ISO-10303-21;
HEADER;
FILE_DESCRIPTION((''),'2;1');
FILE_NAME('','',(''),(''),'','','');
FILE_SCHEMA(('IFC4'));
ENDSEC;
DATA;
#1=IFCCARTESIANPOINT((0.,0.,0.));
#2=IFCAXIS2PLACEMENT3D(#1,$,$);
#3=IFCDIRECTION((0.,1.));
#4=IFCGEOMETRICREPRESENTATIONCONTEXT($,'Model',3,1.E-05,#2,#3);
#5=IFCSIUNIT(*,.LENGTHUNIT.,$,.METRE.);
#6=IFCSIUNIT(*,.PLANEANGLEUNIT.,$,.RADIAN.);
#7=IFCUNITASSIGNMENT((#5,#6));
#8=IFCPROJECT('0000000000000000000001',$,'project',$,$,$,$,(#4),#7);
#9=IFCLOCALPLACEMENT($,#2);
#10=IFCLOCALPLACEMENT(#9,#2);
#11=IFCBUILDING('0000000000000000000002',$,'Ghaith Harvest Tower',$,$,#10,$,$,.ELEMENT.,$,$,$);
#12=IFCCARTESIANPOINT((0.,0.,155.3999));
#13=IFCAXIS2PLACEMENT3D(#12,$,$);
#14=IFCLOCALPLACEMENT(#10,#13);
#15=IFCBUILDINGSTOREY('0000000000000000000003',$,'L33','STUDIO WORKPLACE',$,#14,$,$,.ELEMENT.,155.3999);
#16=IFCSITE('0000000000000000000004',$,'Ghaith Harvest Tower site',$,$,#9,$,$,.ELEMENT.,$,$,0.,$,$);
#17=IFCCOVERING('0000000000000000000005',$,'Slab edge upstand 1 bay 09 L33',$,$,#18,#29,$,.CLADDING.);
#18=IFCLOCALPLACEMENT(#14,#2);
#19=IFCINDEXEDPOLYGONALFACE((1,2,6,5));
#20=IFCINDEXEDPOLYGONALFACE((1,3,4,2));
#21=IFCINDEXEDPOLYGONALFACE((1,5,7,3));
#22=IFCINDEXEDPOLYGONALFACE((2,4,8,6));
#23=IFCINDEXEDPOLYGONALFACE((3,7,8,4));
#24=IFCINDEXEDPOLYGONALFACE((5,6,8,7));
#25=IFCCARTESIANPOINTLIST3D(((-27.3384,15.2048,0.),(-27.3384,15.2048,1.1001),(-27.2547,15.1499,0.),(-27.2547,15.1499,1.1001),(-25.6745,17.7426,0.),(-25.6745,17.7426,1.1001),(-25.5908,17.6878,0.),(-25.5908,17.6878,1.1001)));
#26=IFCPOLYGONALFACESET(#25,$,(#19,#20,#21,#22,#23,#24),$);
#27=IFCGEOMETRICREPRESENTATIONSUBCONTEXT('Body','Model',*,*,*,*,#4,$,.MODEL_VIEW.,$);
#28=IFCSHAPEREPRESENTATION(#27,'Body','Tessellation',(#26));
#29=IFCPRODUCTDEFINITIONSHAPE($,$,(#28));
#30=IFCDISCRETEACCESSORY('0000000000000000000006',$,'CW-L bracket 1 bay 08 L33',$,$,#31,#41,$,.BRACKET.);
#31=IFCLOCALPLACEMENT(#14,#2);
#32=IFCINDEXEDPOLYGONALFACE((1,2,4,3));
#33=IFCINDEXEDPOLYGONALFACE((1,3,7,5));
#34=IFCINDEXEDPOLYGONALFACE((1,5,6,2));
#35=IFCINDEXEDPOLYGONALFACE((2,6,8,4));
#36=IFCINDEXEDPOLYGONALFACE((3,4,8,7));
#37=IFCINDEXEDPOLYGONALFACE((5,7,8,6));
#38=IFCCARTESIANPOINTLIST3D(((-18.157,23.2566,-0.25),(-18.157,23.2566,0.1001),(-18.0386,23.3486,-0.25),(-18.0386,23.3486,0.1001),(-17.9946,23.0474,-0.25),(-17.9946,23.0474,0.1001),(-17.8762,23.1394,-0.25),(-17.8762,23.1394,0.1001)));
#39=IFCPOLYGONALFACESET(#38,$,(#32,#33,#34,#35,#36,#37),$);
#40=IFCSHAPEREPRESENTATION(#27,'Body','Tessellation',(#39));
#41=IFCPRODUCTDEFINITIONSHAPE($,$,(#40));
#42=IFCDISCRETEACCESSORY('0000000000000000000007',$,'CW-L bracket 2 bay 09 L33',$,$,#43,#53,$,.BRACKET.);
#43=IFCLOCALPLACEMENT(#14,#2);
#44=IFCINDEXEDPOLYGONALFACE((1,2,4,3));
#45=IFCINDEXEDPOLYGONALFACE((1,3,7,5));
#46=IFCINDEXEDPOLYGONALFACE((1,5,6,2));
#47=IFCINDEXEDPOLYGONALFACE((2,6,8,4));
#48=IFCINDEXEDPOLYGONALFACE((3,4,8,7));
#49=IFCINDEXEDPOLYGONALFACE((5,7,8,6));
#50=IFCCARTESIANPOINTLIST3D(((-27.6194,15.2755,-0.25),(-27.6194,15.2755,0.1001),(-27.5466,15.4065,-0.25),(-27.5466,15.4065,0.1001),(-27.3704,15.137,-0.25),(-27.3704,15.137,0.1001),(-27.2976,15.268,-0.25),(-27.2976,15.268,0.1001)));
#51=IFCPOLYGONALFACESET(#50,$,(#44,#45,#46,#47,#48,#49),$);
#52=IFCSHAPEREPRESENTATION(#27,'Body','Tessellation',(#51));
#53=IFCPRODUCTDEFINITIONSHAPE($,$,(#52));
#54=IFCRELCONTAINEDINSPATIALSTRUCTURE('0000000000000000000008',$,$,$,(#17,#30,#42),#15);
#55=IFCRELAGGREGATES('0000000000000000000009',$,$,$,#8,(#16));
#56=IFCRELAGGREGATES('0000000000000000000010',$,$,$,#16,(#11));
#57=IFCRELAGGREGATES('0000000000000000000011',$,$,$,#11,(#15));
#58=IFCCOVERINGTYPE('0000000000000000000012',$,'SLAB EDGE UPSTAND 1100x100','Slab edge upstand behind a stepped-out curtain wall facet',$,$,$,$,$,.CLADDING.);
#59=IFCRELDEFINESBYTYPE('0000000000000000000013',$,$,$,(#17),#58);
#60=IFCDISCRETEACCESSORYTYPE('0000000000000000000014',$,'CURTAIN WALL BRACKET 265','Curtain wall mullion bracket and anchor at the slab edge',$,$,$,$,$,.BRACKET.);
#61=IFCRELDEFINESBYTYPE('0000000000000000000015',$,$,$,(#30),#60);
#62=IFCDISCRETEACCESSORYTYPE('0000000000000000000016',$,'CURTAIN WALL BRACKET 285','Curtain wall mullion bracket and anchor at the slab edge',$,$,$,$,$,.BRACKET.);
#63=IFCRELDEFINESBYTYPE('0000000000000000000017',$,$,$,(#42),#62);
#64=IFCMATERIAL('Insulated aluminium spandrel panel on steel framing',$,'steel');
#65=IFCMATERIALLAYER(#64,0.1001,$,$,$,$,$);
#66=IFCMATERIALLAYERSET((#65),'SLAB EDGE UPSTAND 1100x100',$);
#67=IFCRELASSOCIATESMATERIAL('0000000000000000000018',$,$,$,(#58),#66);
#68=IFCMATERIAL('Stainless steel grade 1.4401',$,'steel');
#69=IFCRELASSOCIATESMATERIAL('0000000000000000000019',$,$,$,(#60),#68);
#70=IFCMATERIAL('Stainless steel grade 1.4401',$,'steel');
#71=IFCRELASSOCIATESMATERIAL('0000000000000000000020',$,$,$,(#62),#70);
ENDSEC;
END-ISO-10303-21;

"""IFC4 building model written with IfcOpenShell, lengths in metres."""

from ifc_helpers import new_model, si_unit, direction, frame, origin, origin_2d, place, context, subcontext, project, spatial, rectangle, extrude, material, layer, layer_set, type_object, element, save


model = new_model("IFC4")

# Units and contexts
model_context = context("Model", 3, precision=1e-05, world=origin(), true_north=direction((0.0, 1.0)))
body_context = subcontext(model_context, "Body", "Model", "MODEL_VIEW")
ifc_project = project(units=[si_unit("LENGTHUNIT", "METRE"), si_unit("PLANEANGLEUNIT", "RADIAN")], contexts=[model_context])

# Site, building, storey
site_placement = place(None, origin())
site = spatial("IfcSite", under=ifc_project, at=site_placement, Name="Ghaith Harvest Tower site", CompositionType="ELEMENT", RefElevation=0.0)
building_placement = place(site_placement, origin())
building = spatial("IfcBuilding", under=site, at=building_placement, Name="Ghaith Harvest Tower", CompositionType="ELEMENT")
storey_placement = place(building_placement, frame((0.0, 0.0, 155.3999)))
storey = spatial("IfcBuildingStorey", under=building, at=storey_placement, Name="L33", Description="STUDIO WORKPLACE", CompositionType="ELEMENT", Elevation=155.3999)

# Covering
ifc_material_1 = material(Name="Insulated aluminium spandrel panel on steel framing", Category="steel")
ifc_layer_1 = layer(ifc_material_1, 0.1001)
ifc_layer_set_1 = layer_set([ifc_layer_1], Name="SLAB EDGE UPSTAND 1100x100")
covering_type = type_object("IfcCoveringType", Name="SLAB EDGE UPSTAND 1100x100", Description="Slab edge upstand behind a stepped-out curtain wall facet", PredefinedType="CLADDING", material=ifc_layer_set_1)
covering_1_placement = place(storey_placement, frame((-26.4646, 16.4463, 0.0), z_axis=(0.0, 0.0, 1.0), x_axis=(-0.548312, -0.836274, 0.0)))
element("IfcCovering", 1, at=covering_1_placement, inside=storey, type_object=covering_type, Name="Slab edge upstand 1 bay 09 L33", PredefinedType="CLADDING", context=body_context, shape_type="SweptSolid", body=[
    extrude(rectangle(XDim=3.0347, YDim=0.1001, at=origin_2d()), origin(), (0.0, 0.0, 1.0), 1.1001),
])

# Discrete accessories
ifc_material_2 = material(Name="Stainless steel grade 1.4401", Category="steel")
discrete_accessory_type_1 = type_object("IfcDiscreteAccessoryType", Name="CURTAIN WALL BRACKET 265", Description="Curtain wall mullion bracket and anchor at the slab edge", PredefinedType="BRACKET", material=ifc_material_2)
discrete_accessory_1_placement = place(storey_placement, frame((-18.0166, 23.198, -0.25), z_axis=(0.0, 0.0, 1.0), x_axis=(-0.613378, 0.78979, 0.0)))
element("IfcDiscreteAccessory", 2, at=discrete_accessory_1_placement, inside=storey, type_object=discrete_accessory_type_1, Name="CW-L bracket 1 bay 08 L33", PredefinedType="BRACKET", context=body_context, shape_type="SweptSolid", body=[
    extrude(rectangle(XDim=0.2649, YDim=0.1499, at=origin_2d()), origin(), (0.0, 0.0, 1.0), 0.3501),
])
ifc_material_3 = material(Name="Stainless steel grade 1.4401", Category="steel")
discrete_accessory_type_2 = type_object("IfcDiscreteAccessoryType", Name="CURTAIN WALL BRACKET 285", Description="Curtain wall mullion bracket and anchor at the slab edge", PredefinedType="BRACKET", material=ifc_material_3)
discrete_accessory_2_placement = place(storey_placement, frame((-27.4585, 15.2717, -0.25), z_axis=(0.0, 0.0, 1.0), x_axis=(-0.873927, 0.486057, 0.0)))
element("IfcDiscreteAccessory", 3, at=discrete_accessory_2_placement, inside=storey, type_object=discrete_accessory_type_2, Name="CW-L bracket 2 bay 09 L33", PredefinedType="BRACKET", context=body_context, shape_type="SweptSolid", body=[
    extrude(rectangle(XDim=0.2849, YDim=0.1499, at=origin_2d()), origin(), (0.0, 0.0, 1.0), 0.3501),
])

save(model, "model.ifc")
